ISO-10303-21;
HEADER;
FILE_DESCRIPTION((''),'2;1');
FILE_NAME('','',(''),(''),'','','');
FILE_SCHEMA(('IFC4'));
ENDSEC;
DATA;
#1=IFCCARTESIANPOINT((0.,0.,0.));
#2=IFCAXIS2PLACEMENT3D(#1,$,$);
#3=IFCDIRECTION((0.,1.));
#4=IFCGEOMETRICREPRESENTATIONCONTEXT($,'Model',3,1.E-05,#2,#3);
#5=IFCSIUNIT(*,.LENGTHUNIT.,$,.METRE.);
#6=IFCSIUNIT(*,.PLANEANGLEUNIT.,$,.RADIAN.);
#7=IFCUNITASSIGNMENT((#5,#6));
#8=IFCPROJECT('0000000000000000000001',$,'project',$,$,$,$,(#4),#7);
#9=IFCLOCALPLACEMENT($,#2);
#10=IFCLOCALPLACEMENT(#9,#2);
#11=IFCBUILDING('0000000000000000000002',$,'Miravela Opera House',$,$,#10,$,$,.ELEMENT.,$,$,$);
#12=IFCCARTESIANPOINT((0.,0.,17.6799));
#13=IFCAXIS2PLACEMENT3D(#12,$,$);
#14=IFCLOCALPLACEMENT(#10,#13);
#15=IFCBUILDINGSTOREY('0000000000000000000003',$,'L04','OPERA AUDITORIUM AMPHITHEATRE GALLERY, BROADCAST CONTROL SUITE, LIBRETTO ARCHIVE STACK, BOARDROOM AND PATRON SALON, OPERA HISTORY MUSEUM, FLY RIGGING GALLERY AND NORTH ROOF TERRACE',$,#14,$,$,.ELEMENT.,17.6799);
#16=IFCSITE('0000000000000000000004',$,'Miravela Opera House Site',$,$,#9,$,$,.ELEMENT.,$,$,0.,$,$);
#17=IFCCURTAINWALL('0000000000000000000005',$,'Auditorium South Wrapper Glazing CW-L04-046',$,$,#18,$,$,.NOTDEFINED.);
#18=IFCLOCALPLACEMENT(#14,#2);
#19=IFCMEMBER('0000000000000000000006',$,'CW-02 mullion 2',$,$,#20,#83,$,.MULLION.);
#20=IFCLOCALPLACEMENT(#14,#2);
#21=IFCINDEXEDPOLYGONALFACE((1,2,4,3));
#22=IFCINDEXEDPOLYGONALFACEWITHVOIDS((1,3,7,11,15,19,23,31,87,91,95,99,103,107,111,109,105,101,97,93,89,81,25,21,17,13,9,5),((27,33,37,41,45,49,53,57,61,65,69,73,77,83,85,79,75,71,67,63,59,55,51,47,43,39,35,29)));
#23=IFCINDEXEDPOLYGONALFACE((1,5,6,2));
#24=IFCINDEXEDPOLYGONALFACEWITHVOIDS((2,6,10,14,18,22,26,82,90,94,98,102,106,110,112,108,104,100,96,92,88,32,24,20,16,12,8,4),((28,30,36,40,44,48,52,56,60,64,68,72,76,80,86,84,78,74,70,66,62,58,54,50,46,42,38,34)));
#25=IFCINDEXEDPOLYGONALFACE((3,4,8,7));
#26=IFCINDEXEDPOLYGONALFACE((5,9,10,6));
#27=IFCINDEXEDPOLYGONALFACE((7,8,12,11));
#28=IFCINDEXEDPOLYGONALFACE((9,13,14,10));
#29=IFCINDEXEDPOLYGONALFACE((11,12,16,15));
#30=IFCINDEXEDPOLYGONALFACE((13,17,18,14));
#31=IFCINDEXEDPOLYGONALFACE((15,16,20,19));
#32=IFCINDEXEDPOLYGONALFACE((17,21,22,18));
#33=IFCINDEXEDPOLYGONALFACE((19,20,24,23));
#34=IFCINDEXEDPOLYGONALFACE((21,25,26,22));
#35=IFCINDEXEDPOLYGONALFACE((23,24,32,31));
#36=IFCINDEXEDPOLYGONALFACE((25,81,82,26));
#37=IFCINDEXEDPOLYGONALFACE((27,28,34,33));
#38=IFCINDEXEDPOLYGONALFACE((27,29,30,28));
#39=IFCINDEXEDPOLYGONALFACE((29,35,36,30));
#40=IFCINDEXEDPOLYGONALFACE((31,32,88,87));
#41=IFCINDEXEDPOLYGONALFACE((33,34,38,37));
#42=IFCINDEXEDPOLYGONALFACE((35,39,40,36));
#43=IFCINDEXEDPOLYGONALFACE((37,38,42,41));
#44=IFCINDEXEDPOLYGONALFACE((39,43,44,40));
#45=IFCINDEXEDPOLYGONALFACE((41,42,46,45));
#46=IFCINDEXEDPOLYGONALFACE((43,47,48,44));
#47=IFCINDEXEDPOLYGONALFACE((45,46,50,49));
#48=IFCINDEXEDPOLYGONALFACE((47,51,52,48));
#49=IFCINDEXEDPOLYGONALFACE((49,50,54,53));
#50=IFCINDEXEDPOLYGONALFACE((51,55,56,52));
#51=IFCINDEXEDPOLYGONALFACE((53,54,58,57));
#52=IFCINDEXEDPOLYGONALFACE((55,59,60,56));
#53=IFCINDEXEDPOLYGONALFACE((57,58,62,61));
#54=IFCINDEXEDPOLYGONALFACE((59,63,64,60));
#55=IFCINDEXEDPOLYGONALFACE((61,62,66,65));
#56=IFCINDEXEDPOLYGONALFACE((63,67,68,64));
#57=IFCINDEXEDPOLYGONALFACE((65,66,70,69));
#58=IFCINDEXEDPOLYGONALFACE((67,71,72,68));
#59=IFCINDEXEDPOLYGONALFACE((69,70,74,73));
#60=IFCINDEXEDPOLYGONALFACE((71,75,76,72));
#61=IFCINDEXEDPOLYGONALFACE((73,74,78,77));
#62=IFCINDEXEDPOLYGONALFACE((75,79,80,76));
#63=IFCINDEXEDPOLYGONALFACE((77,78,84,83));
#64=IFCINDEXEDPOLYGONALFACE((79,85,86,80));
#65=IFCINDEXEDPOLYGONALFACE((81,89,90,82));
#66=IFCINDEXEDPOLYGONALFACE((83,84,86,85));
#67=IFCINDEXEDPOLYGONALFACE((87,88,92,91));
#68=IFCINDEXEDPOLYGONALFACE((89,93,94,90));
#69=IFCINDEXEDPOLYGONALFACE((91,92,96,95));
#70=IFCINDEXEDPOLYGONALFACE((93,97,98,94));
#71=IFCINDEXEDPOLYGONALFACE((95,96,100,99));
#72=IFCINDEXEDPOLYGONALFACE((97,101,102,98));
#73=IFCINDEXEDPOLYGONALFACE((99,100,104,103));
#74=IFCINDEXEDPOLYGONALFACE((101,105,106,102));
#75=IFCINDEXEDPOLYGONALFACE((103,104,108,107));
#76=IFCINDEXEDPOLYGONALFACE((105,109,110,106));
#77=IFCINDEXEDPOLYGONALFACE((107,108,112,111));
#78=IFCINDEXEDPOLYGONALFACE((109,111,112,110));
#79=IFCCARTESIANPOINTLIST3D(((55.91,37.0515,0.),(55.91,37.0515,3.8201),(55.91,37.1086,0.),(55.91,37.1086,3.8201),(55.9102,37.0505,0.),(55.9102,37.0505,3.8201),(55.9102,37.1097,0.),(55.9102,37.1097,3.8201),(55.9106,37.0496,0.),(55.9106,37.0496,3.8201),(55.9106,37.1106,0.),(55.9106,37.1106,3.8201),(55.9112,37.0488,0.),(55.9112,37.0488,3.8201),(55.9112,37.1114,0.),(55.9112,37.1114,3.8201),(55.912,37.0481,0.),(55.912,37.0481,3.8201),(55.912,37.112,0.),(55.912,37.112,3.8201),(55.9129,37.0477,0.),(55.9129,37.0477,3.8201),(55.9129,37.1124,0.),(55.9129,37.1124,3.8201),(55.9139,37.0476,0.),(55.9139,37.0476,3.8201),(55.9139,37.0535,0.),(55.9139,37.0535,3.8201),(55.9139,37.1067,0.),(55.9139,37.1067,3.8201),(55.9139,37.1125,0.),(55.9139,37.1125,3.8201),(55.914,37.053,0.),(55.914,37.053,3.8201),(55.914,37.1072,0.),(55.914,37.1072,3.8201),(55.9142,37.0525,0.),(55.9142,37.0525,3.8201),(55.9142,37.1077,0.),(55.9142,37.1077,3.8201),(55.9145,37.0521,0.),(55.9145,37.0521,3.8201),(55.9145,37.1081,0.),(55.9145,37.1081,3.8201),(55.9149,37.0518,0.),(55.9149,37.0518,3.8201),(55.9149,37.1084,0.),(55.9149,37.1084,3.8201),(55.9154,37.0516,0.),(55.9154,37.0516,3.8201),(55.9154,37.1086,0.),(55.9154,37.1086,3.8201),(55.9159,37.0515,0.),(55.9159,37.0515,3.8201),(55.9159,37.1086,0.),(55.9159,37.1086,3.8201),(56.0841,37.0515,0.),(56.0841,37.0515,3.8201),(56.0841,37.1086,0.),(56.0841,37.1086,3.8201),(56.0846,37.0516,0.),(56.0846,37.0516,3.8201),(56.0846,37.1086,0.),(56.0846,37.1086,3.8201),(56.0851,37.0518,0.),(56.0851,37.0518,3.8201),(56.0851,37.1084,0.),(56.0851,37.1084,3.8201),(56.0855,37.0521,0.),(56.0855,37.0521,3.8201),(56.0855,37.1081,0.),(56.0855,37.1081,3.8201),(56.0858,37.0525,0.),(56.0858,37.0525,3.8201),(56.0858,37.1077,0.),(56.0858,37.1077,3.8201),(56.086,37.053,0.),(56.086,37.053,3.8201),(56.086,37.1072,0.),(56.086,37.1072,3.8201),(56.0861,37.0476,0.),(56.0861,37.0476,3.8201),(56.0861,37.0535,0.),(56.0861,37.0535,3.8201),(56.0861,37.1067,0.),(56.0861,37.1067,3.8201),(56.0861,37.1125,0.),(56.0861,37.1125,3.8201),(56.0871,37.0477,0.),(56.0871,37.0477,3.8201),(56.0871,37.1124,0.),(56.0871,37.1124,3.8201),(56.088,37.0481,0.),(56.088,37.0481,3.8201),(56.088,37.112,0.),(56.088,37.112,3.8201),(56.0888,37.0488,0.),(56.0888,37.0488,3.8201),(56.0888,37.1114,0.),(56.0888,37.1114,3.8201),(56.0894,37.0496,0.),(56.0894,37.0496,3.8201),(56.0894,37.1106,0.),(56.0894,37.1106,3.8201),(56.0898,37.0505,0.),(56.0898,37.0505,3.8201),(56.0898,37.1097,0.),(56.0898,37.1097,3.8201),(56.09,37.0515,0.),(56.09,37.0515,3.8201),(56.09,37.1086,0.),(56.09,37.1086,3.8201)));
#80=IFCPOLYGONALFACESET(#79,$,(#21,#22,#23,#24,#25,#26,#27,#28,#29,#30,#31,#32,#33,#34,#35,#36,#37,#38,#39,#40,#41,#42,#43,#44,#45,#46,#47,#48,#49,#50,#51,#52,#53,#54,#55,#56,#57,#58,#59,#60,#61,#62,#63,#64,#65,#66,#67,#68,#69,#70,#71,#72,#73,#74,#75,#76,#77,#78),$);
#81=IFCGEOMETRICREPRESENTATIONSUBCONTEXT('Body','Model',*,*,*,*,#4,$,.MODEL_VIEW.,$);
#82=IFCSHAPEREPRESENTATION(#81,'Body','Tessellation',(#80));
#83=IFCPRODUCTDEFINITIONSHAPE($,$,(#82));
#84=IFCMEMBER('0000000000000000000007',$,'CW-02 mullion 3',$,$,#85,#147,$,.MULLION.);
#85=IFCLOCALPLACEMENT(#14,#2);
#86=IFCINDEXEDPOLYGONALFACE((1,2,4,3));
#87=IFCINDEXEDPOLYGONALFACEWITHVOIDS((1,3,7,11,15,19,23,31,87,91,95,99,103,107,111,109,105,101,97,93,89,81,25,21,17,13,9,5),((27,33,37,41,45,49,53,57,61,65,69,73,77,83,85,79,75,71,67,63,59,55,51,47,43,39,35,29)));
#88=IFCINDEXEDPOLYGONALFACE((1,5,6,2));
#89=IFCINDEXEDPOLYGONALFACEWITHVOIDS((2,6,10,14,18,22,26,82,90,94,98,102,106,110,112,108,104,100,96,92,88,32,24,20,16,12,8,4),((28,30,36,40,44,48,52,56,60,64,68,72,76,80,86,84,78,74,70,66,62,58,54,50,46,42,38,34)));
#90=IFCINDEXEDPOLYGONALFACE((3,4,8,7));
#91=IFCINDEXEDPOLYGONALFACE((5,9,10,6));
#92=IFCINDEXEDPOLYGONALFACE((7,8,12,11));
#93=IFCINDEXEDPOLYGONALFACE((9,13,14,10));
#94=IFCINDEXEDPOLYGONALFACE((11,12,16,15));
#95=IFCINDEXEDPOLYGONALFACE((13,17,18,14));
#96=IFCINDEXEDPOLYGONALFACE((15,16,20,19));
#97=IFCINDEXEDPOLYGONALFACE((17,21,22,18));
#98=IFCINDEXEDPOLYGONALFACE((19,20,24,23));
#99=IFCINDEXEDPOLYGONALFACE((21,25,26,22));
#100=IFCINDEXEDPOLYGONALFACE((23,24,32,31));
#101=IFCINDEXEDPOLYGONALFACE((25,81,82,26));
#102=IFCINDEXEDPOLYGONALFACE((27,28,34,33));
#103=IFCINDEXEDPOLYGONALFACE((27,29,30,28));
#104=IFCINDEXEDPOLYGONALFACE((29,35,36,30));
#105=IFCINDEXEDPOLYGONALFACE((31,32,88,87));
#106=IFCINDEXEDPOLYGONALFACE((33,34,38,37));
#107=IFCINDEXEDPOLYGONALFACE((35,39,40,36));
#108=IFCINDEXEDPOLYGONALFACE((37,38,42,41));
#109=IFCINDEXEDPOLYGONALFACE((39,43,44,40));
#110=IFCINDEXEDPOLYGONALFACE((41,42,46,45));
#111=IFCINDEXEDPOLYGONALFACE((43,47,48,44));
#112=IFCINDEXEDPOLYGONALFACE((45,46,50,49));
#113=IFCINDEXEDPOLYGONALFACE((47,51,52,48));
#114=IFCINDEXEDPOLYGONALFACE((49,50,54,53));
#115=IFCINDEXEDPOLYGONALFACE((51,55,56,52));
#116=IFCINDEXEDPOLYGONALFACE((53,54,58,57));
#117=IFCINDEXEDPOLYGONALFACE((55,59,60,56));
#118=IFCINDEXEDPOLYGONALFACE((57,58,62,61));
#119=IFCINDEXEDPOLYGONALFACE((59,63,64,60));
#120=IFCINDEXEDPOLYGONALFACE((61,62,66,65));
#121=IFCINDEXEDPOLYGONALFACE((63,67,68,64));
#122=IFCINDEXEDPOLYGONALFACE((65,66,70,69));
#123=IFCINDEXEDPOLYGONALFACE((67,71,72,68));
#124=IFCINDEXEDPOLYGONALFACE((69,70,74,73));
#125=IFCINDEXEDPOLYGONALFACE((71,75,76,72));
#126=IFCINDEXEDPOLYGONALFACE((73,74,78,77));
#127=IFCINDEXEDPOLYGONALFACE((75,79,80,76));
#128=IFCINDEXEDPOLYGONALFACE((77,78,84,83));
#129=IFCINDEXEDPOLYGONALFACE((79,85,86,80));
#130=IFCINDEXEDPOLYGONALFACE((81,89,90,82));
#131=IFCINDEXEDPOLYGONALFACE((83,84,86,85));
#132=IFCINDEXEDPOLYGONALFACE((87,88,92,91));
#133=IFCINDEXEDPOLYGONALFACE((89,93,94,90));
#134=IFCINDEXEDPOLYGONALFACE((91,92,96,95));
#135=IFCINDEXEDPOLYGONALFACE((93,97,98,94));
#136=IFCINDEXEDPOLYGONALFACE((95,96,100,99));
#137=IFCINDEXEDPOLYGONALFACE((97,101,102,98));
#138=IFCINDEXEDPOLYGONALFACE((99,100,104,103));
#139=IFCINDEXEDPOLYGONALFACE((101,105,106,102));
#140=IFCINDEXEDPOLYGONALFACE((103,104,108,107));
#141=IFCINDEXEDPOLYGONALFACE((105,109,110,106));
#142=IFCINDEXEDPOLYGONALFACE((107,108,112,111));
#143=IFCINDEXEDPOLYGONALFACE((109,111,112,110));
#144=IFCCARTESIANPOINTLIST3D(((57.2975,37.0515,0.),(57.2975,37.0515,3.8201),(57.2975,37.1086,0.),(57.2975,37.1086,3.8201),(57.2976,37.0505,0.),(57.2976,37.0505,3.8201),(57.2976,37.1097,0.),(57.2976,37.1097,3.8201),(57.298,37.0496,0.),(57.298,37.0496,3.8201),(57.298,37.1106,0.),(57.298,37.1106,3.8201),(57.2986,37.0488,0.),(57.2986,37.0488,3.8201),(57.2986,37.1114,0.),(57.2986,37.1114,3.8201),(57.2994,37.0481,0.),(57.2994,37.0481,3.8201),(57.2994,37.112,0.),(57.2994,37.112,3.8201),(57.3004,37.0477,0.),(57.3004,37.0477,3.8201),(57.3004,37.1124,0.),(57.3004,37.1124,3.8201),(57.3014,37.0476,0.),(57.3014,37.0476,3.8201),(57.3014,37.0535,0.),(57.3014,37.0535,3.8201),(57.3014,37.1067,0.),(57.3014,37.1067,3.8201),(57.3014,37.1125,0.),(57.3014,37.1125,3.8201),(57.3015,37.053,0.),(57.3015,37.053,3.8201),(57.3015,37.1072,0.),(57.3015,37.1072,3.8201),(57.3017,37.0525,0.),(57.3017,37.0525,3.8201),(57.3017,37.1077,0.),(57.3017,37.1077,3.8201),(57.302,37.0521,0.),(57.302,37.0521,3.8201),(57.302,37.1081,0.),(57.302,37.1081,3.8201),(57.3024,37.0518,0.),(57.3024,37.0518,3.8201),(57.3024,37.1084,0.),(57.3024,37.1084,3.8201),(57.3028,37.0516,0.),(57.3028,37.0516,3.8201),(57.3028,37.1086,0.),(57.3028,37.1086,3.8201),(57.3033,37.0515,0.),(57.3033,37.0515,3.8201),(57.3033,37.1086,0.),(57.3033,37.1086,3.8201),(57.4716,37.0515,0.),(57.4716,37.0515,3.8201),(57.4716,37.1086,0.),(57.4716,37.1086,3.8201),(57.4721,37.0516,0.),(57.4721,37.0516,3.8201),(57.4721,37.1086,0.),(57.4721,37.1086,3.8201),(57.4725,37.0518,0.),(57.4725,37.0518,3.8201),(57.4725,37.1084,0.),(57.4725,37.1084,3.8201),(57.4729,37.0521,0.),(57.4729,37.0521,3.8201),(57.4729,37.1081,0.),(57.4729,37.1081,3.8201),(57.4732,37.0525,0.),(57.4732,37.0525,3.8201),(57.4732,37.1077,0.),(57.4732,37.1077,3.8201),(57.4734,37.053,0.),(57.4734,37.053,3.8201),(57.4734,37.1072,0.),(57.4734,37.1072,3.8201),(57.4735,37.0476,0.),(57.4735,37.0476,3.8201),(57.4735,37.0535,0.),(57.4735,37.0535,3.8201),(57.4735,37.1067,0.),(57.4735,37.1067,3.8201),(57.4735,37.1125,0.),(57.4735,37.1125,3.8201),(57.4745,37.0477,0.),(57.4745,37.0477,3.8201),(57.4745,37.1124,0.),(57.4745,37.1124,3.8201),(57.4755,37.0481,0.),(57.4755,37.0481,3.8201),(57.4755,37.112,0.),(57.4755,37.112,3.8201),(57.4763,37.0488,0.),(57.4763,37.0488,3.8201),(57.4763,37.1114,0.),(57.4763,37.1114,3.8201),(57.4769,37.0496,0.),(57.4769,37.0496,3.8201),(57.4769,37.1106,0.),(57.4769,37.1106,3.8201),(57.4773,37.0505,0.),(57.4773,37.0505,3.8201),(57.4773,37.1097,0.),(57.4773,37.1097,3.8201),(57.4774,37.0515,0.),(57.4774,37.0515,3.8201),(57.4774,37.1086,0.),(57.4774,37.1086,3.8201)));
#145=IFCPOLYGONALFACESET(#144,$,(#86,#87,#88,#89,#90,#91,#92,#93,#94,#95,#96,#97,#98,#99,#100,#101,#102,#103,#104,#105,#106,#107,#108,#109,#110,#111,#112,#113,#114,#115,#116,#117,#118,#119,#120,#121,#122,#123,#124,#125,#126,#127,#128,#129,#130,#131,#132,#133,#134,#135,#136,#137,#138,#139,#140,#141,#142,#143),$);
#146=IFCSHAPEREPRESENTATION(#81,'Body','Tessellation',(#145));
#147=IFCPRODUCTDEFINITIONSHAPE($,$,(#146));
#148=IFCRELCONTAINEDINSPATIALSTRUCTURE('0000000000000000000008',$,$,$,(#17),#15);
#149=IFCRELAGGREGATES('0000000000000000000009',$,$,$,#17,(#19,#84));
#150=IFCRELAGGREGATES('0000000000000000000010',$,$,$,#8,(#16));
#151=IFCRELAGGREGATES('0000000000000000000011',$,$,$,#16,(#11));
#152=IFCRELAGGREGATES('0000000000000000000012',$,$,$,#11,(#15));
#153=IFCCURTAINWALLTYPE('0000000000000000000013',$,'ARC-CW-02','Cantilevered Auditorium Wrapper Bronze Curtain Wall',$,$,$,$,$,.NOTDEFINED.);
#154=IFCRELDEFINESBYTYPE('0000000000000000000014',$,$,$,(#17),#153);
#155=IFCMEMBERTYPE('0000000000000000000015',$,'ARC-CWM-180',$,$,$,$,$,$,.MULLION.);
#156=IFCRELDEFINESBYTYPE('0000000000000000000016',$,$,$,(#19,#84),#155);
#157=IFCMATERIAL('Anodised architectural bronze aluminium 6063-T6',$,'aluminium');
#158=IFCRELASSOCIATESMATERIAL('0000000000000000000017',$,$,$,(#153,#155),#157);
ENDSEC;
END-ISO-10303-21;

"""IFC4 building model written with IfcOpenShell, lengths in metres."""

from ifc_helpers import new_model, si_unit, direction, frame, origin, origin_2d, place, context, subcontext, project, spatial, hollow_rectangle, extrude, material, material_profile, profile_set, type_object, element, aggregate, save


model = new_model("IFC4")

# Units and contexts
model_context = context("Model", 3, precision=1e-05, world=origin(), true_north=direction((0.0, 1.0)))
body_context = subcontext(model_context, "Body", "Model", "MODEL_VIEW")
ifc_project = project(units=[si_unit("LENGTHUNIT", "METRE"), si_unit("PLANEANGLEUNIT", "RADIAN")], contexts=[model_context])

# Site, building, storey
site_placement = place(None, origin())
site = spatial("IfcSite", under=ifc_project, at=site_placement, Name="Miravela Opera House Site", CompositionType="ELEMENT", RefElevation=0.0)
building_placement = place(site_placement, origin())
building = spatial("IfcBuilding", under=site, at=building_placement, Name="Miravela Opera House", CompositionType="ELEMENT")
storey_placement = place(building_placement, frame((0.0, 0.0, 17.6799)))
storey = spatial("IfcBuildingStorey", under=building, at=storey_placement, Name="L04", Description="OPERA AUDITORIUM AMPHITHEATRE GALLERY, BROADCAST CONTROL SUITE, LIBRETTO ARCHIVE STACK, BOARDROOM AND PATRON SALON, OPERA HISTORY MUSEUM, FLY RIGGING GALLERY AND NORTH ROOF TERRACE", CompositionType="ELEMENT", Elevation=17.6799)

# Shared definitions
ifc_material_1 = material(Name="Anodised architectural bronze aluminium 6063-T6", Category="aluminium")
curtain_wall_type = type_object("IfcCurtainWallType", Name="ARC-CW-02", Description="Cantilevered Auditorium Wrapper Bronze Curtain Wall", PredefinedType="NOTDEFINED", material=ifc_material_1)
ifc_material_profile_1 = material_profile(ifc_material_1, hollow_rectangle(XDim=0.0649, YDim=0.1799, WallThickness=0.0039, InnerFilletRadius=0.002, OuterFilletRadius=0.0039, at=origin_2d()), Name="CWM-65X180")
ifc_profile_set_1 = profile_set([ifc_material_profile_1])
member_type_1 = type_object("IfcMemberType", Name="ARC-CWM-180", PredefinedType="MULLION", material=ifc_profile_set_1)

# Curtain wall, members
curtain_wall_1_placement = place(storey_placement, origin())
curtain_wall_1 = element("IfcCurtainWall", 1, at=curtain_wall_1_placement, inside=storey, type_object=curtain_wall_type, Name="Auditorium South Wrapper Glazing CW-L04-046", PredefinedType="NOTDEFINED")
member_1_placement = place(storey_placement, frame((56.0, 37.0801, 0.0), z_axis=(0.0, 0.0, 1.0), x_axis=(0.0, 1.0, 0.0)))
member_1 = element("IfcMember", 2, at=member_1_placement, type_object=member_type_1, Name="CW-02 mullion 2", PredefinedType="MULLION", context=body_context, shape_type="SweptSolid", body=[
    extrude(hollow_rectangle(XDim=0.0649, YDim=0.1799, WallThickness=0.0039, InnerFilletRadius=0.002, OuterFilletRadius=0.0039, at=origin_2d()), origin(), (0.0, 0.0, 1.0), 3.8201),
])
member_2_placement = place(storey_placement, frame((57.3875, 37.0801, 0.0), z_axis=(0.0, 0.0, 1.0), x_axis=(0.0, 1.0, 0.0)))
member_2 = element("IfcMember", 3, at=member_2_placement, type_object=member_type_1, Name="CW-02 mullion 3", PredefinedType="MULLION", context=body_context, shape_type="SweptSolid", body=[
    extrude(hollow_rectangle(XDim=0.0649, YDim=0.1799, WallThickness=0.0039, InnerFilletRadius=0.002, OuterFilletRadius=0.0039, at=origin_2d()), origin(), (0.0, 0.0, 1.0), 3.8201),
])

aggregate(curtain_wall_1, [member_1, member_2])

save(model, "model.ifc")
